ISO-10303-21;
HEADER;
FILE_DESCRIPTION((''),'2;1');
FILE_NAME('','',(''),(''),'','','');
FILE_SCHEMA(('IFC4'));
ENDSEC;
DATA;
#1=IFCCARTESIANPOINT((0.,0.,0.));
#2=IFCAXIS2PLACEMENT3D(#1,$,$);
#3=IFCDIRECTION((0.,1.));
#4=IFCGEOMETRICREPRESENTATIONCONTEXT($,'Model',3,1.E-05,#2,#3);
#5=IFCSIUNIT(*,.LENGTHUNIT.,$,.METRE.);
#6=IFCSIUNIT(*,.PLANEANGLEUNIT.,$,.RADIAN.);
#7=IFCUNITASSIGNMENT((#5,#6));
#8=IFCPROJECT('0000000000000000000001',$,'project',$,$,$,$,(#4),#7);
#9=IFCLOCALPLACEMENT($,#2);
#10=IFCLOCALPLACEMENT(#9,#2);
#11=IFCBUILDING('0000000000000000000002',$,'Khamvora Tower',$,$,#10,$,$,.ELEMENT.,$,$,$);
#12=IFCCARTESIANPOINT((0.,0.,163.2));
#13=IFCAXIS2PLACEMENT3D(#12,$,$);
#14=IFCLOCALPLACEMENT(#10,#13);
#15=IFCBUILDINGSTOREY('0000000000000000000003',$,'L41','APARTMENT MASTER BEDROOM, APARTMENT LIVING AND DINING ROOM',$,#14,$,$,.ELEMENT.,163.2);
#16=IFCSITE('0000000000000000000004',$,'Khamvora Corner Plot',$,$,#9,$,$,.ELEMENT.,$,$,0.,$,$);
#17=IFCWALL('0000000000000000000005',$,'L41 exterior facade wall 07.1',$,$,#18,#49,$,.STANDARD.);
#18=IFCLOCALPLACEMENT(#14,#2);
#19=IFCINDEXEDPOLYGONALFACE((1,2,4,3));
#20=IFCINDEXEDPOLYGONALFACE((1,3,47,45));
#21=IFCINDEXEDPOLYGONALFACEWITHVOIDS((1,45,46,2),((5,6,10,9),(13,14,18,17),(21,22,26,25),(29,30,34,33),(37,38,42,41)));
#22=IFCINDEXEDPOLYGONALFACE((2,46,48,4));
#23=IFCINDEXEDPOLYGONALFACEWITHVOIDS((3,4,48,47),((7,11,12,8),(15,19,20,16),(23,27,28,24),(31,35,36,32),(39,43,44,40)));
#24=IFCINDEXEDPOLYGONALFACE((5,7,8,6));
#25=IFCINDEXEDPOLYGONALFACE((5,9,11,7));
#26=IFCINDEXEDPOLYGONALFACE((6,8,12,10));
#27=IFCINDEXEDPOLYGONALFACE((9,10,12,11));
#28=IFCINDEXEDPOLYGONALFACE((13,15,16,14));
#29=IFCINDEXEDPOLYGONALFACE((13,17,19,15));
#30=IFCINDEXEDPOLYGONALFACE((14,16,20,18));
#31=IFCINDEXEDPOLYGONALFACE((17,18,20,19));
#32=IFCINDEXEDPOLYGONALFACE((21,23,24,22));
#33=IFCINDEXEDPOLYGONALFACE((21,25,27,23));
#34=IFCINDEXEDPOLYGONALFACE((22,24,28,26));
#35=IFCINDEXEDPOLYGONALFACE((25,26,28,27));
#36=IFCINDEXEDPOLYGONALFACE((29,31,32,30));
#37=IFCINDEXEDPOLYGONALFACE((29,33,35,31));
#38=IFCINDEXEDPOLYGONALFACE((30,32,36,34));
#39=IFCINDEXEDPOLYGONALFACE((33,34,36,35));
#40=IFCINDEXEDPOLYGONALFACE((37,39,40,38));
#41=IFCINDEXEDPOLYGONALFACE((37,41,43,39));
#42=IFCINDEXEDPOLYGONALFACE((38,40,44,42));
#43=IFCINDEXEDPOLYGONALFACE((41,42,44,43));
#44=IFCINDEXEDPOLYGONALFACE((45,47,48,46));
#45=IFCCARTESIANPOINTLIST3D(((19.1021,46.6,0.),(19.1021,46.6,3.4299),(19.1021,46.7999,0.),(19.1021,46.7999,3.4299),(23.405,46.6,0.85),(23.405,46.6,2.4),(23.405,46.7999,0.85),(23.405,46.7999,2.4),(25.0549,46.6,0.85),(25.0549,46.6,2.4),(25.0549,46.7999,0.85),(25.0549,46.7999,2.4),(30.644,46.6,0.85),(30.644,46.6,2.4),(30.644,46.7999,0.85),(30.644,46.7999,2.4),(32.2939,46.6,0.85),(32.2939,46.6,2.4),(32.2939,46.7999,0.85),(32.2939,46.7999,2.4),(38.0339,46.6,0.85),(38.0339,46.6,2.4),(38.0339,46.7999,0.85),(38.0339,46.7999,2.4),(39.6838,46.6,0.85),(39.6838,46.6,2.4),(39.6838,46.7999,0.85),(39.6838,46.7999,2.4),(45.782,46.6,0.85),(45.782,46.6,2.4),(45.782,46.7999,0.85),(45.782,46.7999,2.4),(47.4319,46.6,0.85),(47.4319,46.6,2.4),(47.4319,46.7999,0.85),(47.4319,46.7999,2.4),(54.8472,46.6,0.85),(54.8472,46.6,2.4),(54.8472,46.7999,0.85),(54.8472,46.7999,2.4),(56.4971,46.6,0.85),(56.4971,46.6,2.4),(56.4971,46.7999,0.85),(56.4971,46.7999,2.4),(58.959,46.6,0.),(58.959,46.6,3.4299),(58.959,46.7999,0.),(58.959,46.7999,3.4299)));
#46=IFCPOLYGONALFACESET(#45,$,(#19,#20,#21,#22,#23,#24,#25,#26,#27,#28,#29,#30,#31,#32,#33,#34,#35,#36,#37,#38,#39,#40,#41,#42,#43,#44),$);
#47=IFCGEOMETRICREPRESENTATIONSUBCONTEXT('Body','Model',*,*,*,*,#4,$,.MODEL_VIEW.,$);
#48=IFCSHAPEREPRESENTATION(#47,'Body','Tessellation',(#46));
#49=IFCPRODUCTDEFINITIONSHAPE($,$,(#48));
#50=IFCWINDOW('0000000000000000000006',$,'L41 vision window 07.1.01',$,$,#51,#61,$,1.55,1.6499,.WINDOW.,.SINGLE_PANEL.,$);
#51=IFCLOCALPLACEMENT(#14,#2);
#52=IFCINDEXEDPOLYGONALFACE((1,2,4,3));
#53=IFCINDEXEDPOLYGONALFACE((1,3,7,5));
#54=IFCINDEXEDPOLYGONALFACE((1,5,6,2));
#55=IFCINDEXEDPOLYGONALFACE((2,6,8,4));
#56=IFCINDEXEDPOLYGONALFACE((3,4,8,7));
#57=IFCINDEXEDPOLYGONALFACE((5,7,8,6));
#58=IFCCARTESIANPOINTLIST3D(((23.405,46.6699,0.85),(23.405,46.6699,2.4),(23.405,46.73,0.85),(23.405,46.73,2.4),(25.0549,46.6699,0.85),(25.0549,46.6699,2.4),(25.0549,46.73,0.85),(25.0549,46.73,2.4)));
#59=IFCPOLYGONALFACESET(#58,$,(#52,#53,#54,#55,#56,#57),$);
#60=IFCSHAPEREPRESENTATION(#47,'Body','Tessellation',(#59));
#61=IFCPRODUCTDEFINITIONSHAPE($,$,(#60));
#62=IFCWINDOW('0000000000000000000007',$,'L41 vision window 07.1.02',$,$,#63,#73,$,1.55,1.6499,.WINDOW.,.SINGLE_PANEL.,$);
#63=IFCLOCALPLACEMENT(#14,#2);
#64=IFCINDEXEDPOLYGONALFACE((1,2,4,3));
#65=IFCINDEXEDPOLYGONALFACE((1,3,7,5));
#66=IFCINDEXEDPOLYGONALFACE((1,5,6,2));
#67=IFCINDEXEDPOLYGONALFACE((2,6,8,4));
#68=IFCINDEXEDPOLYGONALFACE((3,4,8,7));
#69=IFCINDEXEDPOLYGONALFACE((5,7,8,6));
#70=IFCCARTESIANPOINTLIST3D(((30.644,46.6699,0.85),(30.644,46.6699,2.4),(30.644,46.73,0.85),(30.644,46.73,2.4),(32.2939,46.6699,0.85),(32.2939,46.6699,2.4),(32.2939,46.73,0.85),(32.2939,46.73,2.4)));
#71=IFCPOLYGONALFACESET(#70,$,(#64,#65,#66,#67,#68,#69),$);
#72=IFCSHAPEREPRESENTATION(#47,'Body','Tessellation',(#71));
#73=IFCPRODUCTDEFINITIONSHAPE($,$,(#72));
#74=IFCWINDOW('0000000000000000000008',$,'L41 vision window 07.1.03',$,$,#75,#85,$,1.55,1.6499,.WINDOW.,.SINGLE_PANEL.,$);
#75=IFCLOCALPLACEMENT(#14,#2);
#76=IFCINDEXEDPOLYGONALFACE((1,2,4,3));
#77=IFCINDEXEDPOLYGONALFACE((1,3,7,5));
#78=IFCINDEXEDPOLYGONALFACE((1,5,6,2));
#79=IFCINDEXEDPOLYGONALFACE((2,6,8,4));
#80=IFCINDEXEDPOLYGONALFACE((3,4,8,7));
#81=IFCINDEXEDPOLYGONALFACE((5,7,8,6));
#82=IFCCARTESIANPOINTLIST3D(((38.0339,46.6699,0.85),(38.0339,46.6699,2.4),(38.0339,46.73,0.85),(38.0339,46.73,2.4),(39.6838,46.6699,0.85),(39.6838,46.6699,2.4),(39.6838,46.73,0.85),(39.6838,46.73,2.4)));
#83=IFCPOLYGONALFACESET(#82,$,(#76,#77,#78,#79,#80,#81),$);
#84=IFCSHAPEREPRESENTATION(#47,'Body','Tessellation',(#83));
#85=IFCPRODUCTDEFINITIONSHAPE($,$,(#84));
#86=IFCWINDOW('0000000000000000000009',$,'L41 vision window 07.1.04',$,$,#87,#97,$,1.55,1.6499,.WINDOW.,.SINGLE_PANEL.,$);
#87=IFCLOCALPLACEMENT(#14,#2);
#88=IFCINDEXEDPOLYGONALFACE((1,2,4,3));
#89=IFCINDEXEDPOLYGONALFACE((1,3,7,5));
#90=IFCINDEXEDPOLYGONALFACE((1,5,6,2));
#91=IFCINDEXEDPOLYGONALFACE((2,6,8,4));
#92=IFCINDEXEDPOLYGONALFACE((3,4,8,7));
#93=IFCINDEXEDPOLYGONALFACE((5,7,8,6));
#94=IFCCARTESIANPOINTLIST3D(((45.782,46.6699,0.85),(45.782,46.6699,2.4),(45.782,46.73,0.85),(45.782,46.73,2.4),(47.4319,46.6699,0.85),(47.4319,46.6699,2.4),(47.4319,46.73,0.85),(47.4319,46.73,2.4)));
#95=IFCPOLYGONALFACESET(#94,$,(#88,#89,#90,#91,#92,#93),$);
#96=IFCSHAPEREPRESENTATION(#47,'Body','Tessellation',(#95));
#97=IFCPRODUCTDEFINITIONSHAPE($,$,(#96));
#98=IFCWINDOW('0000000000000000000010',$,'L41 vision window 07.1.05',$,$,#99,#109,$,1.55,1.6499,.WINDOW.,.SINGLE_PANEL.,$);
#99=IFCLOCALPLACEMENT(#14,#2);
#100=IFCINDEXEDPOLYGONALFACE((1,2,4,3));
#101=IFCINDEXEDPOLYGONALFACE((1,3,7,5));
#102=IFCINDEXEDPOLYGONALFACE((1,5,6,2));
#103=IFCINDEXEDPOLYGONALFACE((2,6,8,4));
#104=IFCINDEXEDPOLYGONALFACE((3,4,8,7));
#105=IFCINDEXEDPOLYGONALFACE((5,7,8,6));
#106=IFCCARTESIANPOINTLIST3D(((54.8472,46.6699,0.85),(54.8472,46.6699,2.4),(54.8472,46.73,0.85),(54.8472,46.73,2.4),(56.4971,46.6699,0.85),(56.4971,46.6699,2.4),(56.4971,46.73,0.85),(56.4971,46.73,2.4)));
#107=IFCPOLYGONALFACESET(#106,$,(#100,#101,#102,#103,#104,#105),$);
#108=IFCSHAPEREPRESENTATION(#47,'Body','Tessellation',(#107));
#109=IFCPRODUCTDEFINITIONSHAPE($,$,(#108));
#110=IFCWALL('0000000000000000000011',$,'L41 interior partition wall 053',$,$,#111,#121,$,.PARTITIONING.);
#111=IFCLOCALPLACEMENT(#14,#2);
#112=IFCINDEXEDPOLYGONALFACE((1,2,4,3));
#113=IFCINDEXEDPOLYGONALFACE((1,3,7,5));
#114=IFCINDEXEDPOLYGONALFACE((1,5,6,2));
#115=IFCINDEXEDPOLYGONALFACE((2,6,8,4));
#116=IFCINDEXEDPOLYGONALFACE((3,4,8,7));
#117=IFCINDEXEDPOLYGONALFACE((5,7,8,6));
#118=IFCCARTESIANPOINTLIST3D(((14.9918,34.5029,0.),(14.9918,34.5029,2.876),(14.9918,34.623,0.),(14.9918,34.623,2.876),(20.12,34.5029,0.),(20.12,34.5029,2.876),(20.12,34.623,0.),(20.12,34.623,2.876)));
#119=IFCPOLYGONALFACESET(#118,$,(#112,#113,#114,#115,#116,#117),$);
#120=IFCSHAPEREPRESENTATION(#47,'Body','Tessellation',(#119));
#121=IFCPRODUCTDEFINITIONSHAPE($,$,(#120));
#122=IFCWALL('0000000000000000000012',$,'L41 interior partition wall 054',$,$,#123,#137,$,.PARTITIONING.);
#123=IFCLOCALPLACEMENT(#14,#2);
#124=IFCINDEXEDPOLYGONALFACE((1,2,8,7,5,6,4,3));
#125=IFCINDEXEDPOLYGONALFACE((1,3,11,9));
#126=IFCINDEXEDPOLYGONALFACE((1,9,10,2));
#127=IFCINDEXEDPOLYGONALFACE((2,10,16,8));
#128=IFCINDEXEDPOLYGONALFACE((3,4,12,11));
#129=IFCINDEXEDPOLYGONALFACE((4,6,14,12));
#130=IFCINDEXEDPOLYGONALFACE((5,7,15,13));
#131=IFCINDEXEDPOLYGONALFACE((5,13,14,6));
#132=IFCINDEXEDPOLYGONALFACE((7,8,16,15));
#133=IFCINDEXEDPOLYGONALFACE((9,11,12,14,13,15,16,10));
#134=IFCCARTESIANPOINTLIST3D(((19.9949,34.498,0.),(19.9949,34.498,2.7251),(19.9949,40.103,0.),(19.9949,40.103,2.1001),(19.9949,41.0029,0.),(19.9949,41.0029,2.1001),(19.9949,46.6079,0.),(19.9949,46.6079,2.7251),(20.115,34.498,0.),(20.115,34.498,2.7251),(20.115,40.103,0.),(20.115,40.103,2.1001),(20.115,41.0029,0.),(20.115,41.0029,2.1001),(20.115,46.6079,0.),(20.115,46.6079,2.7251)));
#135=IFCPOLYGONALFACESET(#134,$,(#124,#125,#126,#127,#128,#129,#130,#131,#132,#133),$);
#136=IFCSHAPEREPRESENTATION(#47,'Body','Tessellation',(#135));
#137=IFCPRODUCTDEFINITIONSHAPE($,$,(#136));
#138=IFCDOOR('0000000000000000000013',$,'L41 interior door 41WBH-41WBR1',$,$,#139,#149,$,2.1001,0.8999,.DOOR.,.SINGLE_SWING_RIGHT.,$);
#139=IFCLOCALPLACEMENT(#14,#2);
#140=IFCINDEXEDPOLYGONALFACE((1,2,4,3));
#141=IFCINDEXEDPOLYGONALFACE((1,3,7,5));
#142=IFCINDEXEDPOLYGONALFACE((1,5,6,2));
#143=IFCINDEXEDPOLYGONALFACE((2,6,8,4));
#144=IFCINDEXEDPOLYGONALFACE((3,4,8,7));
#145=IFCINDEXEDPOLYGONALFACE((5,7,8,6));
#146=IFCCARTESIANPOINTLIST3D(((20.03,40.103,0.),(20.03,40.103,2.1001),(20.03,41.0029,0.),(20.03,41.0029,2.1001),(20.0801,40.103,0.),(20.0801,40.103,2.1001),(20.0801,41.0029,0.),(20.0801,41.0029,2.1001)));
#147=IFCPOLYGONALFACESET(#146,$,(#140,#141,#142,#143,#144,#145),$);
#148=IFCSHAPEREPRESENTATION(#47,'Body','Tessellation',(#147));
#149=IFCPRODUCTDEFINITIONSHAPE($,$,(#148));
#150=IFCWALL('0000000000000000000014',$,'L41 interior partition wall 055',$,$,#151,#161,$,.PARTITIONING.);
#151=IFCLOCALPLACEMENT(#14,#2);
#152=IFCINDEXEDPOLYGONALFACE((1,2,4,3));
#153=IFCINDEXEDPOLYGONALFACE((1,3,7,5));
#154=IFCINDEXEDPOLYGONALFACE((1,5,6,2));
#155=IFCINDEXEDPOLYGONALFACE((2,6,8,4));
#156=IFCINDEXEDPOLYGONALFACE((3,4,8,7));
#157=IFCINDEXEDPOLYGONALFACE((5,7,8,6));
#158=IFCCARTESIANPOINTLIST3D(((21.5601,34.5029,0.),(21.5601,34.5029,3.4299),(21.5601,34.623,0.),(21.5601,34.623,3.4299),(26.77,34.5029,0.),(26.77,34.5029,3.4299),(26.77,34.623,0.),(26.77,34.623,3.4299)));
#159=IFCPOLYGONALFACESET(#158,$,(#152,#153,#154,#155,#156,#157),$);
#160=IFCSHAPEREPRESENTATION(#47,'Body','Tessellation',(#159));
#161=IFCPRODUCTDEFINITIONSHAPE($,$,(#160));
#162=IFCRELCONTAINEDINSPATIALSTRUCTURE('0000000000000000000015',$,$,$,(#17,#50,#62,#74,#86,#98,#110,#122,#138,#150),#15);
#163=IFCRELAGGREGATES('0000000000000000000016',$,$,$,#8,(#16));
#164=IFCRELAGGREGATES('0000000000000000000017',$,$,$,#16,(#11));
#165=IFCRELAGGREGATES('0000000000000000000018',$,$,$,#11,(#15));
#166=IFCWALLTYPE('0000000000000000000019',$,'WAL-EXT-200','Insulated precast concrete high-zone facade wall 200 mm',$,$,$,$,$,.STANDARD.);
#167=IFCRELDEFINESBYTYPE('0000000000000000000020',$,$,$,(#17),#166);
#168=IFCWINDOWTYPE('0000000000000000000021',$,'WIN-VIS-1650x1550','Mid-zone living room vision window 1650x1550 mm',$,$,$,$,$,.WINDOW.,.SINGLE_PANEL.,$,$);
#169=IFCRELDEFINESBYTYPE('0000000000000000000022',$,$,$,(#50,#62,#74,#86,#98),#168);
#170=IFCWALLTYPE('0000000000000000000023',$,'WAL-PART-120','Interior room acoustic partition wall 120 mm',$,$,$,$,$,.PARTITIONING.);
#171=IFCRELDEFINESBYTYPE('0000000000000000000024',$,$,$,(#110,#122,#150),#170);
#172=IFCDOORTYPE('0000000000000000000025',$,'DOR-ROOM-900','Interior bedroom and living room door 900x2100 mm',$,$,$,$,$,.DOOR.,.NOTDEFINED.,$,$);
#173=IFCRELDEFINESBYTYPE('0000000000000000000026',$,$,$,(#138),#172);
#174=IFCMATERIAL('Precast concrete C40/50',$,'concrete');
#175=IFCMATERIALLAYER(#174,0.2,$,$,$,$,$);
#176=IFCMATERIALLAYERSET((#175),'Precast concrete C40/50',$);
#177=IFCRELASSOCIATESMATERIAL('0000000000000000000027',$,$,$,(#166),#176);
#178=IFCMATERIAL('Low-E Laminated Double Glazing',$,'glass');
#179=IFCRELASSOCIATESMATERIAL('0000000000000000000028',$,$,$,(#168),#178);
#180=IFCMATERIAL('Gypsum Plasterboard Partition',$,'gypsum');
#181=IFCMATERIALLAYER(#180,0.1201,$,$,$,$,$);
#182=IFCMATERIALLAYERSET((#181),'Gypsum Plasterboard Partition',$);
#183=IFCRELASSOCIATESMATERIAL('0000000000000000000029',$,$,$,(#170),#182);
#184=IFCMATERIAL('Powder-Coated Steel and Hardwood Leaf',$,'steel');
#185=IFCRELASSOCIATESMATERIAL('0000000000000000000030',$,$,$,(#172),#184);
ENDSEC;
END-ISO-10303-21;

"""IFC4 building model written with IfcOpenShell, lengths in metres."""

from ifc_helpers import new_model, si_unit, direction, frame, frame_2d, origin, place, context, subcontext, project, spatial, rectangle, extrude, material, layer, layer_set, type_object, element, fill, save


model = new_model("IFC4")

# Units and contexts
model_context = context("Model", 3, precision=1e-05, world=origin(), true_north=direction((0.0, 1.0)))
body_context = subcontext(model_context, "Body", "Model", "MODEL_VIEW")
ifc_project = project(units=[si_unit("LENGTHUNIT", "METRE"), si_unit("PLANEANGLEUNIT", "RADIAN")], contexts=[model_context])

# Site, building, storey
site_placement = place(None, origin())
site = spatial("IfcSite", under=ifc_project, at=site_placement, Name="Khamvora Corner Plot", CompositionType="ELEMENT", RefElevation=0.0)
building_placement = place(site_placement, origin())
building = spatial("IfcBuilding", under=site, at=building_placement, Name="Khamvora Tower", CompositionType="ELEMENT")
storey_placement = place(building_placement, frame((0.0, 0.0, 163.2)))
storey = spatial("IfcBuildingStorey", under=building, at=storey_placement, Name="L41", Description="APARTMENT MASTER BEDROOM, APARTMENT LIVING AND DINING ROOM", CompositionType="ELEMENT", Elevation=163.2)

# Shared definitions
ifc_material_1 = material(Name="Precast concrete C40/50", Category="concrete")
ifc_layer_1 = layer(ifc_material_1, 0.2)
ifc_layer_set_1 = layer_set([ifc_layer_1], Name="Precast concrete C40/50")
wall_type_1 = type_object("IfcWallType", Name="WAL-EXT-200", Description="Insulated precast concrete high-zone facade wall 200 mm", PredefinedType="STANDARD", material=ifc_layer_set_1)

# Wall, openings, windows
wall_1_placement = place(storey_placement, frame((19.1021, 46.7, 0.0), z_axis=(0.0, 0.0, 1.0), x_axis=(1.0, 0.0, 0.0)))
wall_1 = element("IfcWall", 1, at=wall_1_placement, inside=storey, type_object=wall_type_1, Name="L41 exterior facade wall 07.1", PredefinedType="STANDARD", context=body_context, shape_type="SweptSolid", body=[
    extrude(rectangle(XDim=39.8569, YDim=0.2, at=frame_2d((19.9285, 0.0))), origin(), (0.0, 0.0, 1.0), 3.4299),
])
opening_1_placement = place(wall_1_placement, frame((4.303, 0.0, 0.8501)))
opening_1 = element("IfcOpeningElement", 2, at=opening_1_placement, cuts=wall_1, PredefinedType="OPENING", context=body_context, shape_type="SweptSolid", body=[
    extrude(rectangle(XDim=1.6499, YDim=1.55, at=frame_2d((0.825, 0.7749))), frame((0.0, 0.1099, 0.0), z_axis=(0.0, -1.0, 0.0), x_axis=(1.0, 0.0, 0.0)), (0.0, 0.0, 1.0), 0.22),
])
opening_2_placement = place(wall_1_placement, frame((11.542, 0.0, 0.8501)))
opening_2 = element("IfcOpeningElement", 3, at=opening_2_placement, cuts=wall_1, PredefinedType="OPENING", context=body_context, shape_type="SweptSolid", body=[
    extrude(rectangle(XDim=1.6499, YDim=1.55, at=frame_2d((0.825, 0.7749))), frame((0.0, 0.1099, 0.0), z_axis=(0.0, -1.0, 0.0), x_axis=(1.0, 0.0, 0.0)), (0.0, 0.0, 1.0), 0.22),
])
opening_3_placement = place(wall_1_placement, frame((18.9319, 0.0, 0.8501)))
opening_3 = element("IfcOpeningElement", 4, at=opening_3_placement, cuts=wall_1, PredefinedType="OPENING", context=body_context, shape_type="SweptSolid", body=[
    extrude(rectangle(XDim=1.6499, YDim=1.55, at=frame_2d((0.825, 0.7749))), frame((0.0, 0.1099, 0.0), z_axis=(0.0, -1.0, 0.0), x_axis=(1.0, 0.0, 0.0)), (0.0, 0.0, 1.0), 0.22),
])
opening_4_placement = place(wall_1_placement, frame((26.6799, 0.0, 0.8501)))
opening_4 = element("IfcOpeningElement", 5, at=opening_4_placement, cuts=wall_1, PredefinedType="OPENING", context=body_context, shape_type="SweptSolid", body=[
    extrude(rectangle(XDim=1.6499, YDim=1.55, at=frame_2d((0.825, 0.7749))), frame((0.0, 0.1099, 0.0), z_axis=(0.0, -1.0, 0.0), x_axis=(1.0, 0.0, 0.0)), (0.0, 0.0, 1.0), 0.22),
])
opening_5_placement = place(wall_1_placement, frame((35.7451, 0.0, 0.8501)))
opening_5 = element("IfcOpeningElement", 6, at=opening_5_placement, cuts=wall_1, PredefinedType="OPENING", context=body_context, shape_type="SweptSolid", body=[
    extrude(rectangle(XDim=1.6499, YDim=1.55, at=frame_2d((0.825, 0.7749))), frame((0.0, 0.1099, 0.0), z_axis=(0.0, -1.0, 0.0), x_axis=(1.0, 0.0, 0.0)), (0.0, 0.0, 1.0), 0.22),
])
ifc_material_2 = material(Name="Low-E Laminated Double Glazing", Category="glass")
window_type = type_object("IfcWindowType", Name="WIN-VIS-1650x1550", Description="Mid-zone living room vision window 1650x1550 mm", PartitioningType="SINGLE_PANEL", PredefinedType="WINDOW", material=ifc_material_2)
window_1_placement = place(opening_1_placement, origin())
window_1 = element("IfcWindow", 7, at=window_1_placement, inside=storey, type_object=window_type, Name="L41 vision window 07.1.01", OverallHeight=1.55, OverallWidth=1.6499, PartitioningType="SINGLE_PANEL", PredefinedType="WINDOW", context=body_context, shape_type="SweptSolid", body=[
    extrude(rectangle(XDim=1.6499, YDim=1.55, at=frame_2d((0.825, 0.7749))), frame((0.0, 0.03, 0.0), z_axis=(0.0, -1.0, 0.0), x_axis=(1.0, 0.0, 0.0)), (0.0, 0.0, 1.0), 0.0601),
])
fill(opening_1, window_1)
window_2_placement = place(opening_2_placement, origin())
window_2 = element("IfcWindow", 8, at=window_2_placement, inside=storey, type_object=window_type, Name="L41 vision window 07.1.02", OverallHeight=1.55, OverallWidth=1.6499, PartitioningType="SINGLE_PANEL", PredefinedType="WINDOW", context=body_context, shape_type="SweptSolid", body=[
    extrude(rectangle(XDim=1.6499, YDim=1.55, at=frame_2d((0.825, 0.7749))), frame((0.0, 0.03, 0.0), z_axis=(0.0, -1.0, 0.0), x_axis=(1.0, 0.0, 0.0)), (0.0, 0.0, 1.0), 0.0601),
])
fill(opening_2, window_2)
window_3_placement = place(opening_3_placement, origin())
window_3 = element("IfcWindow", 9, at=window_3_placement, inside=storey, type_object=window_type, Name="L41 vision window 07.1.03", OverallHeight=1.55, OverallWidth=1.6499, PartitioningType="SINGLE_PANEL", PredefinedType="WINDOW", context=body_context, shape_type="SweptSolid", body=[
    extrude(rectangle(XDim=1.6499, YDim=1.55, at=frame_2d((0.825, 0.7749))), frame((0.0, 0.03, 0.0), z_axis=(0.0, -1.0, 0.0), x_axis=(1.0, 0.0, 0.0)), (0.0, 0.0, 1.0), 0.0601),
])
fill(opening_3, window_3)
window_4_placement = place(opening_4_placement, origin())
window_4 = element("IfcWindow", 10, at=window_4_placement, inside=storey, type_object=window_type, Name="L41 vision window 07.1.04", OverallHeight=1.55, OverallWidth=1.6499, PartitioningType="SINGLE_PANEL", PredefinedType="WINDOW", context=body_context, shape_type="SweptSolid", body=[
    extrude(rectangle(XDim=1.6499, YDim=1.55, at=frame_2d((0.825, 0.7749))), frame((0.0, 0.03, 0.0), z_axis=(0.0, -1.0, 0.0), x_axis=(1.0, 0.0, 0.0)), (0.0, 0.0, 1.0), 0.0601),
])
fill(opening_4, window_4)
window_5_placement = place(opening_5_placement, origin())
window_5 = element("IfcWindow", 11, at=window_5_placement, inside=storey, type_object=window_type, Name="L41 vision window 07.1.05", OverallHeight=1.55, OverallWidth=1.6499, PartitioningType="SINGLE_PANEL", PredefinedType="WINDOW", context=body_context, shape_type="SweptSolid", body=[
    extrude(rectangle(XDim=1.6499, YDim=1.55, at=frame_2d((0.825, 0.7749))), frame((0.0, 0.03, 0.0), z_axis=(0.0, -1.0, 0.0), x_axis=(1.0, 0.0, 0.0)), (0.0, 0.0, 1.0), 0.0601),
])
fill(opening_5, window_5)

# Wall
ifc_material_3 = material(Name="Gypsum Plasterboard Partition", Category="gypsum")
ifc_layer_2 = layer(ifc_material_3, 0.1201)
ifc_layer_set_2 = layer_set([ifc_layer_2], Name="Gypsum Plasterboard Partition")
wall_type_2 = type_object("IfcWallType", Name="WAL-PART-120", Description="Interior room acoustic partition wall 120 mm", PredefinedType="PARTITIONING", material=ifc_layer_set_2)
wall_2_placement = place(storey_placement, frame((14.9919, 34.563, 0.0), z_axis=(0.0, 0.0, 1.0), x_axis=(1.0, 0.0, 0.0)))
element("IfcWall", 12, at=wall_2_placement, inside=storey, type_object=wall_type_2, Name="L41 interior partition wall 053", PredefinedType="PARTITIONING", context=body_context, shape_type="SweptSolid", body=[
    extrude(rectangle(XDim=5.1282, YDim=0.1201, at=frame_2d((2.564, 0.0))), origin(), (0.0, 0.0, 1.0), 2.876),
])

# Wall, opening, door
wall_3_placement = place(storey_placement, frame((20.0549, 34.498, 0.0), z_axis=(0.0, 0.0, 1.0), x_axis=(0.0, 1.0, 0.0)))
wall_3 = element("IfcWall", 13, at=wall_3_placement, inside=storey, type_object=wall_type_2, Name="L41 interior partition wall 054", PredefinedType="PARTITIONING", context=body_context, shape_type="SweptSolid", body=[
    extrude(rectangle(XDim=12.1099, YDim=0.1201, at=frame_2d((6.0549, 0.0))), origin(), (0.0, 0.0, 1.0), 2.7251),
])
opening_6_placement = place(wall_3_placement, frame((5.605, 0.0, 0.0)))
opening_6 = element("IfcOpeningElement", 14, at=opening_6_placement, cuts=wall_3, PredefinedType="OPENING", context=body_context, shape_type="SweptSolid", body=[
    extrude(rectangle(XDim=0.8999, YDim=2.1001, at=frame_2d((0.45, 1.05))), frame((0.0, 0.0701, 0.0), z_axis=(0.0, -1.0, 0.0), x_axis=(1.0, 0.0, 0.0)), (0.0, 0.0, 1.0), 0.1401),
])
ifc_material_4 = material(Name="Powder-Coated Steel and Hardwood Leaf", Category="steel")
door_type_1 = type_object("IfcDoorType", Name="DOR-ROOM-900", Description="Interior bedroom and living room door 900x2100 mm", OperationType="NOTDEFINED", PredefinedType="DOOR", material=ifc_material_4)
door_1_placement = place(opening_6_placement, origin())
door_1 = element("IfcDoor", 15, at=door_1_placement, inside=storey, type_object=door_type_1, Name="L41 interior door 41WBH-41WBR1", OperationType="SINGLE_SWING_RIGHT", OverallHeight=2.1001, OverallWidth=0.8999, PredefinedType="DOOR", context=body_context, shape_type="SweptSolid", body=[
    extrude(rectangle(XDim=0.8999, YDim=2.1001, at=frame_2d((0.45, 1.05))), frame((0.0, 0.0249, 0.0), z_axis=(0.0, -1.0, 0.0), x_axis=(1.0, 0.0, 0.0)), (0.0, 0.0, 1.0), 0.05),
])
fill(opening_6, door_1)

# Wall
wall_4_placement = place(storey_placement, frame((21.5601, 34.563, 0.0), z_axis=(0.0, 0.0, 1.0), x_axis=(1.0, 0.0, 0.0)))
element("IfcWall", 16, at=wall_4_placement, inside=storey, type_object=wall_type_2, Name="L41 interior partition wall 055", PredefinedType="PARTITIONING", context=body_context, shape_type="SweptSolid", body=[
    extrude(rectangle(XDim=5.21, YDim=0.1201, at=frame_2d((2.605, 0.0))), origin(), (0.0, 0.0, 1.0), 3.4299),
])

save(model, "model.ifc")
